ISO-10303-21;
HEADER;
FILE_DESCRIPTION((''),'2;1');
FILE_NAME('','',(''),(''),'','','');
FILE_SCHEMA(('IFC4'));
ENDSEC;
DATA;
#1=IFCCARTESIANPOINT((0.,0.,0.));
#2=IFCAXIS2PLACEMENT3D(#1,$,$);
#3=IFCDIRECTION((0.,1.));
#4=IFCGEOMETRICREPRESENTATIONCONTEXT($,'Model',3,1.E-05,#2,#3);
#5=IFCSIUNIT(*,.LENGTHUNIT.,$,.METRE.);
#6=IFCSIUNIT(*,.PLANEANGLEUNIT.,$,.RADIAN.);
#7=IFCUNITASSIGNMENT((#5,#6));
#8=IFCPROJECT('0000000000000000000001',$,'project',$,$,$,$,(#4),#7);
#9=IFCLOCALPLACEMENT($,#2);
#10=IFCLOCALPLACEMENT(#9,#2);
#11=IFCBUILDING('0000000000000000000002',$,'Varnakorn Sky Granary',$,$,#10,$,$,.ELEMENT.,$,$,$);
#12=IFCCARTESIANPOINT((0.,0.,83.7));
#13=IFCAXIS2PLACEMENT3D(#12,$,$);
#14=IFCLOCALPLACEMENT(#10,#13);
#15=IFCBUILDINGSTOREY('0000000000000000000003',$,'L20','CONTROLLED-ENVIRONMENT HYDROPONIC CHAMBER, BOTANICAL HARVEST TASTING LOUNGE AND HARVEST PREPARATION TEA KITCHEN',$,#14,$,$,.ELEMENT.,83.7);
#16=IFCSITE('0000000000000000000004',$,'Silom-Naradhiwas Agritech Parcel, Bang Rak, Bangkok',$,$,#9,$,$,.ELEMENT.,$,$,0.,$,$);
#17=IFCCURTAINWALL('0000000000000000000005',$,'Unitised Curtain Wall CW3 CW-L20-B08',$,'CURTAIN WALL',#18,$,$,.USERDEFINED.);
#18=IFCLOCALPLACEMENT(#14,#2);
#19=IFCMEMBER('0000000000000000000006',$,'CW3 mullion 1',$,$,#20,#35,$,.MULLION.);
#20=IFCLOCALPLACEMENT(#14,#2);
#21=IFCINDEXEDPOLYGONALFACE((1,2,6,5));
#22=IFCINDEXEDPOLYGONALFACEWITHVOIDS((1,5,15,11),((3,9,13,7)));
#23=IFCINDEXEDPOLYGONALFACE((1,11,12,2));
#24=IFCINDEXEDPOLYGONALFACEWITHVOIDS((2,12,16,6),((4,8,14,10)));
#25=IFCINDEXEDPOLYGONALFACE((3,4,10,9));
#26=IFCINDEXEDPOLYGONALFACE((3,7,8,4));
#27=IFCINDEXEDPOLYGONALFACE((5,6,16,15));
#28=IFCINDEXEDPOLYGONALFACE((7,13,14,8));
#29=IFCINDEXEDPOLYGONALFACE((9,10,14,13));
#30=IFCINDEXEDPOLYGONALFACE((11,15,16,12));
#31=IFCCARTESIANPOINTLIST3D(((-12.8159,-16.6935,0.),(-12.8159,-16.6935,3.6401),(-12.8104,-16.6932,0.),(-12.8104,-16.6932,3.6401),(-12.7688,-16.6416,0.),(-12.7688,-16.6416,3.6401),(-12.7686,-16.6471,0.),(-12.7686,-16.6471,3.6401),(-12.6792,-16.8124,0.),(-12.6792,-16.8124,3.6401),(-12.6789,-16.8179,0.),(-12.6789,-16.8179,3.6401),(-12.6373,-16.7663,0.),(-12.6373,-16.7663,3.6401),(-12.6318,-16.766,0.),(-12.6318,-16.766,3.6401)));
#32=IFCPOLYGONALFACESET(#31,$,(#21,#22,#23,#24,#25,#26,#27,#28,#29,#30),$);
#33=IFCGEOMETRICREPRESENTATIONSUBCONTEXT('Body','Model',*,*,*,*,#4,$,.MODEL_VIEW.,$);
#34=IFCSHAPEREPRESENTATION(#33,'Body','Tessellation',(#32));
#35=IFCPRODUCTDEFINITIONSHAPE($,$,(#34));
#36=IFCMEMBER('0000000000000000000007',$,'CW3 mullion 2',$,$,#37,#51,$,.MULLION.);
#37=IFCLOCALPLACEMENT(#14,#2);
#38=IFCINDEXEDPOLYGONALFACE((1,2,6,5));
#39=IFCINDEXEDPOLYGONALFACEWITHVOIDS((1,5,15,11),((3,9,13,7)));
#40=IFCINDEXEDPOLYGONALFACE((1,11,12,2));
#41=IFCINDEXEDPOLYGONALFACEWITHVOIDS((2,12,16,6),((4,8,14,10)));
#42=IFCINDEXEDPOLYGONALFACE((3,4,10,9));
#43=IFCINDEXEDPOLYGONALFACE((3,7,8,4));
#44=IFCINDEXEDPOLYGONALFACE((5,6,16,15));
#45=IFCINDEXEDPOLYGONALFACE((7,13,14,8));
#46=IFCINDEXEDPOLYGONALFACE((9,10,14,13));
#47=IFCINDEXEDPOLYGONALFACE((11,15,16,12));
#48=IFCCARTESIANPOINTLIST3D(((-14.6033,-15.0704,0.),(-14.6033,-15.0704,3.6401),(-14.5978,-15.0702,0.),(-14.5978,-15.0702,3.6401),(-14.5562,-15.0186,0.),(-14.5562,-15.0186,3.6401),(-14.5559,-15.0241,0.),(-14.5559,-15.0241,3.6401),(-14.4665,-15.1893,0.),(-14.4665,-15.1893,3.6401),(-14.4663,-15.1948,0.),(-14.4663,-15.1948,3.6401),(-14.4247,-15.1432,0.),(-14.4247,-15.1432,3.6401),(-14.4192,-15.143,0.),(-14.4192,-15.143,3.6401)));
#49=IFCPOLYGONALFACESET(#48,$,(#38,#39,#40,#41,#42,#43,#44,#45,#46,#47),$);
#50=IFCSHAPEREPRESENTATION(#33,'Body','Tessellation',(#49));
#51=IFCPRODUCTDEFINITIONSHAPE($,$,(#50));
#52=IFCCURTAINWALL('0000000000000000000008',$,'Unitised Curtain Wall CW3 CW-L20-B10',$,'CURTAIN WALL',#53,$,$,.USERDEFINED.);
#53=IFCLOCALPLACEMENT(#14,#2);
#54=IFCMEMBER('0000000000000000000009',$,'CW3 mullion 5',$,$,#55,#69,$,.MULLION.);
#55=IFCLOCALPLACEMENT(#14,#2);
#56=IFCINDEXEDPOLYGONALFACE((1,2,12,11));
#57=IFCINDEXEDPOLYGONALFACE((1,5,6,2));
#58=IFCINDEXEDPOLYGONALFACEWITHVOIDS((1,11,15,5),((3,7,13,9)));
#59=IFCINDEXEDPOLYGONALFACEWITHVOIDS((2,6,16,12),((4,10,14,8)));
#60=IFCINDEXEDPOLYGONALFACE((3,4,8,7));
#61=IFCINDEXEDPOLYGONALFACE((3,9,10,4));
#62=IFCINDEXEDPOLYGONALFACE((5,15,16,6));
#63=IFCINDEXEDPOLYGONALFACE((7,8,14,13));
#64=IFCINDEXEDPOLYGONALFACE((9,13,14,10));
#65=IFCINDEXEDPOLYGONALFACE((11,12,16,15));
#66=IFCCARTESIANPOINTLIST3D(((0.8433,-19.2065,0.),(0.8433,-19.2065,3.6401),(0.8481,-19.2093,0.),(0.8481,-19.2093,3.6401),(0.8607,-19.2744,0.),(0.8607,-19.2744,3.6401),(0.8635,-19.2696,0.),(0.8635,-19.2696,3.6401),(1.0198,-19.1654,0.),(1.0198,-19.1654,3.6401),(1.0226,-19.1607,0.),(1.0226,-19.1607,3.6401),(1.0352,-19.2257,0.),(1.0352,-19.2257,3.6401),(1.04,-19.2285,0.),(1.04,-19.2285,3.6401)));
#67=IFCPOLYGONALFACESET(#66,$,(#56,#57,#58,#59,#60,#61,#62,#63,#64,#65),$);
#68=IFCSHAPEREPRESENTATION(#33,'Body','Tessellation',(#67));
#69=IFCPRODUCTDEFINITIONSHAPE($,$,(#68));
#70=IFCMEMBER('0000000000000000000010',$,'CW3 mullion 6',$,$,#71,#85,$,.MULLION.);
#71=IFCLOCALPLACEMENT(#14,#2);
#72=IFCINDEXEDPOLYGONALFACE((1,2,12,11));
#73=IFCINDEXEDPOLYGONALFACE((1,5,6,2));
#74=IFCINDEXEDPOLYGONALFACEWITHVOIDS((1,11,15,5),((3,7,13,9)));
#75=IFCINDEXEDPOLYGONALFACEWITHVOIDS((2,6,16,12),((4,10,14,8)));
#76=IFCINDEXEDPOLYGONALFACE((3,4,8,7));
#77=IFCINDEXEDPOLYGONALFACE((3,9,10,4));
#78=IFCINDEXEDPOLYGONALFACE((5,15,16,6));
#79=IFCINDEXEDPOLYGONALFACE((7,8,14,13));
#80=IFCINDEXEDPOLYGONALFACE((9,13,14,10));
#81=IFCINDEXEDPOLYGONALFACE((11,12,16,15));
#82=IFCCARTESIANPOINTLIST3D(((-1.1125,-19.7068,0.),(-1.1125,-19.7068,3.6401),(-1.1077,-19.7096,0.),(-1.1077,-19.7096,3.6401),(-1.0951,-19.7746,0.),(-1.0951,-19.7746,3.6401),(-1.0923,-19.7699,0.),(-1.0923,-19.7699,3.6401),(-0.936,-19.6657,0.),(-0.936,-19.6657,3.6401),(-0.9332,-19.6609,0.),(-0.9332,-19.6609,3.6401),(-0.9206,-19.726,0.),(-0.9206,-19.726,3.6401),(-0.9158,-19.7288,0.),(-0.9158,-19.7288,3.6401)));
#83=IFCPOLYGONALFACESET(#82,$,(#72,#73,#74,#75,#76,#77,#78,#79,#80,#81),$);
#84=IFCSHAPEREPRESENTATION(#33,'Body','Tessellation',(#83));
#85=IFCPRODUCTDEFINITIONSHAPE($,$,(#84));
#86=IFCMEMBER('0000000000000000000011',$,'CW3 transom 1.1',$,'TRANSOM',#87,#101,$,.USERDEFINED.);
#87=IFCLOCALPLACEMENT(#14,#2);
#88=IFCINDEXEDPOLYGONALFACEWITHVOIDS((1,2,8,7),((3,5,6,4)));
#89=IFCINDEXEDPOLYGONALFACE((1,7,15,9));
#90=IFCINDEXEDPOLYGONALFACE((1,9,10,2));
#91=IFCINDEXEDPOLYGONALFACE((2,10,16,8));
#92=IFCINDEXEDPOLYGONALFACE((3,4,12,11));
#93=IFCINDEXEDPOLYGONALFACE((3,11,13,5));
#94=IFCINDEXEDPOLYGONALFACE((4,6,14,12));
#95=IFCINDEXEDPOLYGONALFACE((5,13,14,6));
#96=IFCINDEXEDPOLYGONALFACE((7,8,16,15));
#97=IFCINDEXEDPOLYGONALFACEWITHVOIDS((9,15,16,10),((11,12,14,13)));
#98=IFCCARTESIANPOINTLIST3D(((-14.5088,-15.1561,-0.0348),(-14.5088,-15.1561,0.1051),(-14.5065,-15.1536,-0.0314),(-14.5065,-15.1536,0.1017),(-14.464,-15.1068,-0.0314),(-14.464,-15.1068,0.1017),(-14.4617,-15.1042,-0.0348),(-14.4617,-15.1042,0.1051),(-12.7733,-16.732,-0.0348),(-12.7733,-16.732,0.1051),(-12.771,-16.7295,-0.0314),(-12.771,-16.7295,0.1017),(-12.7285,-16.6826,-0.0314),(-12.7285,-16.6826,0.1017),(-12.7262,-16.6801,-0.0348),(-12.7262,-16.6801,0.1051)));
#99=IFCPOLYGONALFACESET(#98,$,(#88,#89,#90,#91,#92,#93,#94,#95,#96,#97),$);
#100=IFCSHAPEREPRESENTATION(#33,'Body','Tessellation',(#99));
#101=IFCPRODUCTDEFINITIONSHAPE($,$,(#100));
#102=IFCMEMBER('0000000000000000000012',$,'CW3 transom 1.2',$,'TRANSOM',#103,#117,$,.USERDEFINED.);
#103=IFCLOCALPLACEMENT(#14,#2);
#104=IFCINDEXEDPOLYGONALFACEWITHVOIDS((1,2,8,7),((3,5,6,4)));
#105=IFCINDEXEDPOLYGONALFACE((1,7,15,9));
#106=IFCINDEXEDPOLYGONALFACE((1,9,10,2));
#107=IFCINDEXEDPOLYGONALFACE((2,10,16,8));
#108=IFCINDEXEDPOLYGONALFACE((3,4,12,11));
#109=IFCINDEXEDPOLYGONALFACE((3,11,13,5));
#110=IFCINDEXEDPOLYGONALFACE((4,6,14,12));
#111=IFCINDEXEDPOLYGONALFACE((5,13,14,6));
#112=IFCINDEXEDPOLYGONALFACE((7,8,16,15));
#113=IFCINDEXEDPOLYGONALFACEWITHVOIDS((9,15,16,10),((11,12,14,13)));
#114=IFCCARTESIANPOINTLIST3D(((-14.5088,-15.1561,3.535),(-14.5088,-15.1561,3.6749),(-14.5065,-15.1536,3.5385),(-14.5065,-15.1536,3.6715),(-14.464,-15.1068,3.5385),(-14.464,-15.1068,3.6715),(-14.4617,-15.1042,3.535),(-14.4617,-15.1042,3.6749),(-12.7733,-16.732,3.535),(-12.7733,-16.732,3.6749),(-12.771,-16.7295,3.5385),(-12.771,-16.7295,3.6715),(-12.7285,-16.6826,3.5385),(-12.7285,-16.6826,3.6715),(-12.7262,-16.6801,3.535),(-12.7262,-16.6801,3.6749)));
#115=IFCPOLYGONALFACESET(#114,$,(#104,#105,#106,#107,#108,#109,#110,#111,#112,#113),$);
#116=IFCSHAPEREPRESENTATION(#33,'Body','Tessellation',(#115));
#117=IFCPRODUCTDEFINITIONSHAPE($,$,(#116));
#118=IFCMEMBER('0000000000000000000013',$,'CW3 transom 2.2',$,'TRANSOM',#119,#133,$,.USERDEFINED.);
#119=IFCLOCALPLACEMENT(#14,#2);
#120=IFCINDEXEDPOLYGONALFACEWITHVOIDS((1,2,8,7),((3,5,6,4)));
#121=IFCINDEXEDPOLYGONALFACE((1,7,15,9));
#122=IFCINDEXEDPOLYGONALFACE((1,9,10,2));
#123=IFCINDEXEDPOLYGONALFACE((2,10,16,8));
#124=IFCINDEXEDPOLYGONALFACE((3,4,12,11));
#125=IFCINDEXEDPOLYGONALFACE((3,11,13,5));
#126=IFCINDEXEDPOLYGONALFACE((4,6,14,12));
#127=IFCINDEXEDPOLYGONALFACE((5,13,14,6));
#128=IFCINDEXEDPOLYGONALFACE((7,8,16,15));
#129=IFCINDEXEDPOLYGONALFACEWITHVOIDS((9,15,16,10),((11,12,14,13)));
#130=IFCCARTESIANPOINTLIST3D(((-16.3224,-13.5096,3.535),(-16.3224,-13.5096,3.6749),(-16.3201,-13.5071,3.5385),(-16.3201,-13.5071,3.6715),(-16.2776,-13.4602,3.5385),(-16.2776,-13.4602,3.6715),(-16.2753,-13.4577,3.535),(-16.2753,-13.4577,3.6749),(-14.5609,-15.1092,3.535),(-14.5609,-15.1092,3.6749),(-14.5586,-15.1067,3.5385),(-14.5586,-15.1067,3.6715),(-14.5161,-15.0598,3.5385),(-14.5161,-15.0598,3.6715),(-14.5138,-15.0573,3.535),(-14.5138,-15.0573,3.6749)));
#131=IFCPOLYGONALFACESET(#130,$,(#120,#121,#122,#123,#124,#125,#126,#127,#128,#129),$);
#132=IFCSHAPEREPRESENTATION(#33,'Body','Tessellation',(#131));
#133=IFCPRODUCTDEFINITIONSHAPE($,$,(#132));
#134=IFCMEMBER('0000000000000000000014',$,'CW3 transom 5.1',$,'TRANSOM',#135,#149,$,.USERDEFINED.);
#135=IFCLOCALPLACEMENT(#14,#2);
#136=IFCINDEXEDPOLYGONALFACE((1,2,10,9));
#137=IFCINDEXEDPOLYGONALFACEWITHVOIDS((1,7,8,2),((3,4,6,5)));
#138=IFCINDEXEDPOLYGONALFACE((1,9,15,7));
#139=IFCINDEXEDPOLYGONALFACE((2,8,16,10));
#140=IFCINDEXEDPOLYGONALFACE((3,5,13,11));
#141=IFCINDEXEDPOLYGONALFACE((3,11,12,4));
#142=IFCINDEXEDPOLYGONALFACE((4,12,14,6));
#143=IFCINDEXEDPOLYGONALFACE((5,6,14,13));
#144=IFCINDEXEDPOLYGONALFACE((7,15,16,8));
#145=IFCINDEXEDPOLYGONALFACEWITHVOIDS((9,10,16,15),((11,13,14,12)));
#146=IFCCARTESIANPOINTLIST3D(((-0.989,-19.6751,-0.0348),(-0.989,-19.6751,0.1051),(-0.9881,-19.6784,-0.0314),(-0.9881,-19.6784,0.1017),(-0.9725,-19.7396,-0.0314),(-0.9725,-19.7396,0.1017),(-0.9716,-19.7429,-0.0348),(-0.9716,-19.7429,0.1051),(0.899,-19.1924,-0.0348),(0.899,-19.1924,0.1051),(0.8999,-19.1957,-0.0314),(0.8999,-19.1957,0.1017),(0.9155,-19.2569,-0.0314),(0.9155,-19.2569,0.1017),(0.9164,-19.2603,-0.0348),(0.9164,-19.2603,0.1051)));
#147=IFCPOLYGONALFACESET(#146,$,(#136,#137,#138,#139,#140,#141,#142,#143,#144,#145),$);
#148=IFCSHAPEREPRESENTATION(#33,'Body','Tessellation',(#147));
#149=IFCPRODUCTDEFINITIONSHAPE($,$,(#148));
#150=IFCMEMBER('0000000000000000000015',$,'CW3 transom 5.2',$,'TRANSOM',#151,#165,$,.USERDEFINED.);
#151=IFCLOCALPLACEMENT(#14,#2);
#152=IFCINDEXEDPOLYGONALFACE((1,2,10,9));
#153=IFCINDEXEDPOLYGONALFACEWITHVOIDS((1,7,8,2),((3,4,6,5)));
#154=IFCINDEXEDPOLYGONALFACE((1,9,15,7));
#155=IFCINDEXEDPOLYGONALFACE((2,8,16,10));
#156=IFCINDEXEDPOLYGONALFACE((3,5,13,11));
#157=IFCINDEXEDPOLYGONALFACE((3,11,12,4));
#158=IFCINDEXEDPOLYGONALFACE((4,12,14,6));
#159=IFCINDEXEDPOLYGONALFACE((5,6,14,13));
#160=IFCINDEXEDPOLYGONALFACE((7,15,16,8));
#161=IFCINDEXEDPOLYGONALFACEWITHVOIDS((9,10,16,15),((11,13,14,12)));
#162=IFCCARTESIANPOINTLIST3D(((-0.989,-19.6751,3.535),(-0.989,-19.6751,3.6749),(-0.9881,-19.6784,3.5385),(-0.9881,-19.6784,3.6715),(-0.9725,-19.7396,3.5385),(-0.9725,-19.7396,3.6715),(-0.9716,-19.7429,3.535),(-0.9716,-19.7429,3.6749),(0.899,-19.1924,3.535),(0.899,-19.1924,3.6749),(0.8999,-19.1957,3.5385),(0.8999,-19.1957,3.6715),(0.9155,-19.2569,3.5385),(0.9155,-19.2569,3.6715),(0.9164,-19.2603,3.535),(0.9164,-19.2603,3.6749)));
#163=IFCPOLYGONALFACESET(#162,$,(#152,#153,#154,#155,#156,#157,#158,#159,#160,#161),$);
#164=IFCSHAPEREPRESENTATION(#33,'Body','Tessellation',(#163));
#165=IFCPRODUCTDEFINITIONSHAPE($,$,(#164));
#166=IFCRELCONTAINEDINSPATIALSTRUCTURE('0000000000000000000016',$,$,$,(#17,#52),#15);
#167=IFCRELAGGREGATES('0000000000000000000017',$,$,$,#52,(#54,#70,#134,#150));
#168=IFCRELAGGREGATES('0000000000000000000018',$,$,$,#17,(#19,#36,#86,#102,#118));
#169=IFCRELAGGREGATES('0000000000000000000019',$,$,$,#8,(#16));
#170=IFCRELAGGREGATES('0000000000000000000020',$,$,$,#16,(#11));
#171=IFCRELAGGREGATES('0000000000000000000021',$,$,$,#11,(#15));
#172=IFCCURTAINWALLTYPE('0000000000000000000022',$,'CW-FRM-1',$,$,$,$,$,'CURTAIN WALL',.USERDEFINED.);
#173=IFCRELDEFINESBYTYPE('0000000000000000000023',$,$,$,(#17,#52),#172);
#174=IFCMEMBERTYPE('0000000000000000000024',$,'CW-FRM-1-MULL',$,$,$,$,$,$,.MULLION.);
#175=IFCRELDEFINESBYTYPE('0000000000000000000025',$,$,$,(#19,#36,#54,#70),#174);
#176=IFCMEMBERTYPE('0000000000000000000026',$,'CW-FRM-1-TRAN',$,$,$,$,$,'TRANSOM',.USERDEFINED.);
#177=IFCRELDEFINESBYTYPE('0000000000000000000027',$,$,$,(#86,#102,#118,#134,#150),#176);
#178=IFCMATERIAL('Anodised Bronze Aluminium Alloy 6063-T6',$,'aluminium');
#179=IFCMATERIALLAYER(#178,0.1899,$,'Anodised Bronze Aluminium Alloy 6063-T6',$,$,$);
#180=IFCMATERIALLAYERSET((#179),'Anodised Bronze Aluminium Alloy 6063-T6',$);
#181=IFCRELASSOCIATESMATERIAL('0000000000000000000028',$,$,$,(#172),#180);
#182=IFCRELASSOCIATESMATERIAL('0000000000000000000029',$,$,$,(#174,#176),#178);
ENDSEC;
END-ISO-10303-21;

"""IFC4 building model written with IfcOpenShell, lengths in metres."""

from ifc_helpers import new_model, si_unit, direction, frame, origin, origin_2d, place, context, subcontext, project, spatial, hollow_rectangle, extrude, material, layer, layer_set, material_profile, profile_set, type_object, element, aggregate, save


model = new_model("IFC4")

# Units and contexts
model_context = context("Model", 3, precision=1e-05, world=origin(), true_north=direction((0.0, 1.0)))
body_context = subcontext(model_context, "Body", "Model", "MODEL_VIEW")
ifc_project = project(units=[si_unit("LENGTHUNIT", "METRE"), si_unit("PLANEANGLEUNIT", "RADIAN")], contexts=[model_context])

# Site, building, storey
site_placement = place(None, origin())
site = spatial("IfcSite", under=ifc_project, at=site_placement, Name="Silom-Naradhiwas Agritech Parcel, Bang Rak, Bangkok", CompositionType="ELEMENT", RefElevation=0.0)
building_placement = place(site_placement, origin())
building = spatial("IfcBuilding", under=site, at=building_placement, Name="Varnakorn Sky Granary", CompositionType="ELEMENT")
storey_placement = place(building_placement, frame((0.0, 0.0, 83.7)))
storey = spatial("IfcBuildingStorey", under=building, at=storey_placement, Name="L20", Description="CONTROLLED-ENVIRONMENT HYDROPONIC CHAMBER, BOTANICAL HARVEST TASTING LOUNGE AND HARVEST PREPARATION TEA KITCHEN", CompositionType="ELEMENT", Elevation=83.7)

# Curtain walls, members
ifc_material_1 = material(Name="Anodised Bronze Aluminium Alloy 6063-T6", Category="aluminium")
ifc_layer_1 = layer(ifc_material_1, 0.1899, Name="Anodised Bronze Aluminium Alloy 6063-T6")
ifc_layer_set_1 = layer_set([ifc_layer_1], Name="Anodised Bronze Aluminium Alloy 6063-T6")
curtain_wall_type = type_object("IfcCurtainWallType", Name="CW-FRM-1", ElementType="CURTAIN WALL", PredefinedType="USERDEFINED", material=ifc_layer_set_1)
curtain_wall_1_placement = place(storey_placement, origin())
curtain_wall_1 = element("IfcCurtainWall", 1, at=curtain_wall_1_placement, inside=storey, type_object=curtain_wall_type, Name="Unitised Curtain Wall CW3 CW-L20-B08", ObjectType="CURTAIN WALL", PredefinedType="USERDEFINED")
ifc_material_profile_1 = material_profile(ifc_material_1, hollow_rectangle(XDim=0.0701, YDim=0.1851, WallThickness=0.0039, at=origin_2d()), Name="ALU MULL 70x185")
ifc_profile_set_1 = profile_set([ifc_material_profile_1], Name="Anodised Bronze Aluminium Alloy 6063-T6")
member_type_1 = type_object("IfcMemberType", Name="CW-FRM-1-MULL", PredefinedType="MULLION", material=ifc_profile_set_1)
member_1_placement = place(storey_placement, frame((-12.7239, -16.7297, 0.0), z_axis=(0.0, 0.0, 1.0), x_axis=(-0.672211, -0.74036, 0.0)))
member_1 = element("IfcMember", 2, at=member_1_placement, type_object=member_type_1, Name="CW3 mullion 1", PredefinedType="MULLION", context=body_context, shape_type="SweptSolid", body=[
    extrude(hollow_rectangle(XDim=0.0701, YDim=0.1851, WallThickness=0.0039, at=origin_2d()), origin(), (0.0, 0.0, 1.0), 3.6401),
])
member_2_placement = place(storey_placement, frame((-14.5112, -15.1067, 0.0), z_axis=(0.0, 0.0, 1.0), x_axis=(-0.672211, -0.74036, 0.0)))
member_2 = element("IfcMember", 3, at=member_2_placement, type_object=member_type_1, Name="CW3 mullion 2", PredefinedType="MULLION", context=body_context, shape_type="SweptSolid", body=[
    extrude(hollow_rectangle(XDim=0.0701, YDim=0.1851, WallThickness=0.0039, at=origin_2d()), origin(), (0.0, 0.0, 1.0), 3.6401),
])
curtain_wall_2_placement = place(storey_placement, origin())
curtain_wall_2 = element("IfcCurtainWall", 4, at=curtain_wall_2_placement, inside=storey, type_object=curtain_wall_type, Name="Unitised Curtain Wall CW3 CW-L20-B10", ObjectType="CURTAIN WALL", PredefinedType="USERDEFINED")
member_3_placement = place(storey_placement, frame((0.9417, -19.2175, 0.0), z_axis=(0.0, 0.0, 1.0), x_axis=(0.247745, -0.968825, 0.0)))
member_3 = element("IfcMember", 5, at=member_3_placement, type_object=member_type_1, Name="CW3 mullion 5", PredefinedType="MULLION", context=body_context, shape_type="SweptSolid", body=[
    extrude(hollow_rectangle(XDim=0.0701, YDim=0.1851, WallThickness=0.0039, at=origin_2d()), origin(), (0.0, 0.0, 1.0), 3.6401),
])
member_4_placement = place(storey_placement, frame((-1.0142, -19.7178, 0.0), z_axis=(0.0, 0.0, 1.0), x_axis=(0.247745, -0.968825, 0.0)))
member_4 = element("IfcMember", 6, at=member_4_placement, type_object=member_type_1, Name="CW3 mullion 6", PredefinedType="MULLION", context=body_context, shape_type="SweptSolid", body=[
    extrude(hollow_rectangle(XDim=0.0701, YDim=0.1851, WallThickness=0.0039, at=origin_2d()), origin(), (0.0, 0.0, 1.0), 3.6401),
])

# Members
ifc_material_profile_2 = material_profile(ifc_material_1, hollow_rectangle(XDim=0.0701, YDim=0.1399, WallThickness=0.0034, at=origin_2d()), Name="ALU TRAN 70x140")
ifc_profile_set_2 = profile_set([ifc_material_profile_2], Name="Anodised Bronze Aluminium Alloy 6063-T6")
member_type_2 = type_object("IfcMemberType", Name="CW-FRM-1-TRAN", ElementType="TRANSOM", PredefinedType="USERDEFINED", material=ifc_profile_set_2)
member_5_placement = place(storey_placement, frame((-12.7498, -16.7061, 0.0352), z_axis=(-0.74034, 0.672232, 0.0), x_axis=(-0.672232, -0.74034, 0.0)))
member_5 = element("IfcMember", 7, at=member_5_placement, type_object=member_type_2, Name="CW3 transom 1.1", ObjectType="TRANSOM", PredefinedType="USERDEFINED", context=body_context, shape_type="SweptSolid", body=[
    extrude(hollow_rectangle(XDim=0.0701, YDim=0.1399, WallThickness=0.0034, at=origin_2d()), origin(), (0.0, 0.0, 1.0), 2.3442),
])
member_6_placement = place(storey_placement, frame((-12.7498, -16.7061, 3.605), z_axis=(-0.74034, 0.672232, 0.0), x_axis=(-0.672232, -0.74034, 0.0)))
member_6 = element("IfcMember", 8, at=member_6_placement, type_object=member_type_2, Name="CW3 transom 1.2", ObjectType="TRANSOM", PredefinedType="USERDEFINED", context=body_context, shape_type="SweptSolid", body=[
    extrude(hollow_rectangle(XDim=0.0701, YDim=0.1399, WallThickness=0.0034, at=origin_2d()), origin(), (0.0, 0.0, 1.0), 2.3442),
])
member_7_placement = place(storey_placement, frame((-14.5374, -15.0833, 3.605), z_axis=(-0.740302, 0.672274, 0.0), x_axis=(-0.672274, -0.740302, 0.0)))
member_7 = element("IfcMember", 9, at=member_7_placement, type_object=member_type_2, Name="CW3 transom 2.2", ObjectType="TRANSOM", PredefinedType="USERDEFINED", context=body_context, shape_type="SweptSolid", body=[
    extrude(hollow_rectangle(XDim=0.0701, YDim=0.1399, WallThickness=0.0034, at=origin_2d()), origin(), (0.0, 0.0, 1.0), 2.3794),
])
member_8_placement = place(storey_placement, frame((0.9077, -19.2263, 0.0352), z_axis=(-0.968839, -0.247691, 0.0), x_axis=(0.247691, -0.968839, 0.0)))
member_8 = element("IfcMember", 10, at=member_8_placement, type_object=member_type_2, Name="CW3 transom 5.1", ObjectType="TRANSOM", PredefinedType="USERDEFINED", context=body_context, shape_type="SweptSolid", body=[
    extrude(hollow_rectangle(XDim=0.0701, YDim=0.1399, WallThickness=0.0034, at=origin_2d()), origin(), (0.0, 0.0, 1.0), 1.9487),
])
member_9_placement = place(storey_placement, frame((0.9077, -19.2263, 3.605), z_axis=(-0.968839, -0.247691, 0.0), x_axis=(0.247691, -0.968839, 0.0)))
member_9 = element("IfcMember", 11, at=member_9_placement, type_object=member_type_2, Name="CW3 transom 5.2", ObjectType="TRANSOM", PredefinedType="USERDEFINED", context=body_context, shape_type="SweptSolid", body=[
    extrude(hollow_rectangle(XDim=0.0701, YDim=0.1399, WallThickness=0.0034, at=origin_2d()), origin(), (0.0, 0.0, 1.0), 1.9487),
])

aggregate(curtain_wall_2, [member_3, member_4, member_8, member_9])
aggregate(curtain_wall_1, [member_1, member_2, member_5, member_6, member_7])

save(model, "model.ifc")
